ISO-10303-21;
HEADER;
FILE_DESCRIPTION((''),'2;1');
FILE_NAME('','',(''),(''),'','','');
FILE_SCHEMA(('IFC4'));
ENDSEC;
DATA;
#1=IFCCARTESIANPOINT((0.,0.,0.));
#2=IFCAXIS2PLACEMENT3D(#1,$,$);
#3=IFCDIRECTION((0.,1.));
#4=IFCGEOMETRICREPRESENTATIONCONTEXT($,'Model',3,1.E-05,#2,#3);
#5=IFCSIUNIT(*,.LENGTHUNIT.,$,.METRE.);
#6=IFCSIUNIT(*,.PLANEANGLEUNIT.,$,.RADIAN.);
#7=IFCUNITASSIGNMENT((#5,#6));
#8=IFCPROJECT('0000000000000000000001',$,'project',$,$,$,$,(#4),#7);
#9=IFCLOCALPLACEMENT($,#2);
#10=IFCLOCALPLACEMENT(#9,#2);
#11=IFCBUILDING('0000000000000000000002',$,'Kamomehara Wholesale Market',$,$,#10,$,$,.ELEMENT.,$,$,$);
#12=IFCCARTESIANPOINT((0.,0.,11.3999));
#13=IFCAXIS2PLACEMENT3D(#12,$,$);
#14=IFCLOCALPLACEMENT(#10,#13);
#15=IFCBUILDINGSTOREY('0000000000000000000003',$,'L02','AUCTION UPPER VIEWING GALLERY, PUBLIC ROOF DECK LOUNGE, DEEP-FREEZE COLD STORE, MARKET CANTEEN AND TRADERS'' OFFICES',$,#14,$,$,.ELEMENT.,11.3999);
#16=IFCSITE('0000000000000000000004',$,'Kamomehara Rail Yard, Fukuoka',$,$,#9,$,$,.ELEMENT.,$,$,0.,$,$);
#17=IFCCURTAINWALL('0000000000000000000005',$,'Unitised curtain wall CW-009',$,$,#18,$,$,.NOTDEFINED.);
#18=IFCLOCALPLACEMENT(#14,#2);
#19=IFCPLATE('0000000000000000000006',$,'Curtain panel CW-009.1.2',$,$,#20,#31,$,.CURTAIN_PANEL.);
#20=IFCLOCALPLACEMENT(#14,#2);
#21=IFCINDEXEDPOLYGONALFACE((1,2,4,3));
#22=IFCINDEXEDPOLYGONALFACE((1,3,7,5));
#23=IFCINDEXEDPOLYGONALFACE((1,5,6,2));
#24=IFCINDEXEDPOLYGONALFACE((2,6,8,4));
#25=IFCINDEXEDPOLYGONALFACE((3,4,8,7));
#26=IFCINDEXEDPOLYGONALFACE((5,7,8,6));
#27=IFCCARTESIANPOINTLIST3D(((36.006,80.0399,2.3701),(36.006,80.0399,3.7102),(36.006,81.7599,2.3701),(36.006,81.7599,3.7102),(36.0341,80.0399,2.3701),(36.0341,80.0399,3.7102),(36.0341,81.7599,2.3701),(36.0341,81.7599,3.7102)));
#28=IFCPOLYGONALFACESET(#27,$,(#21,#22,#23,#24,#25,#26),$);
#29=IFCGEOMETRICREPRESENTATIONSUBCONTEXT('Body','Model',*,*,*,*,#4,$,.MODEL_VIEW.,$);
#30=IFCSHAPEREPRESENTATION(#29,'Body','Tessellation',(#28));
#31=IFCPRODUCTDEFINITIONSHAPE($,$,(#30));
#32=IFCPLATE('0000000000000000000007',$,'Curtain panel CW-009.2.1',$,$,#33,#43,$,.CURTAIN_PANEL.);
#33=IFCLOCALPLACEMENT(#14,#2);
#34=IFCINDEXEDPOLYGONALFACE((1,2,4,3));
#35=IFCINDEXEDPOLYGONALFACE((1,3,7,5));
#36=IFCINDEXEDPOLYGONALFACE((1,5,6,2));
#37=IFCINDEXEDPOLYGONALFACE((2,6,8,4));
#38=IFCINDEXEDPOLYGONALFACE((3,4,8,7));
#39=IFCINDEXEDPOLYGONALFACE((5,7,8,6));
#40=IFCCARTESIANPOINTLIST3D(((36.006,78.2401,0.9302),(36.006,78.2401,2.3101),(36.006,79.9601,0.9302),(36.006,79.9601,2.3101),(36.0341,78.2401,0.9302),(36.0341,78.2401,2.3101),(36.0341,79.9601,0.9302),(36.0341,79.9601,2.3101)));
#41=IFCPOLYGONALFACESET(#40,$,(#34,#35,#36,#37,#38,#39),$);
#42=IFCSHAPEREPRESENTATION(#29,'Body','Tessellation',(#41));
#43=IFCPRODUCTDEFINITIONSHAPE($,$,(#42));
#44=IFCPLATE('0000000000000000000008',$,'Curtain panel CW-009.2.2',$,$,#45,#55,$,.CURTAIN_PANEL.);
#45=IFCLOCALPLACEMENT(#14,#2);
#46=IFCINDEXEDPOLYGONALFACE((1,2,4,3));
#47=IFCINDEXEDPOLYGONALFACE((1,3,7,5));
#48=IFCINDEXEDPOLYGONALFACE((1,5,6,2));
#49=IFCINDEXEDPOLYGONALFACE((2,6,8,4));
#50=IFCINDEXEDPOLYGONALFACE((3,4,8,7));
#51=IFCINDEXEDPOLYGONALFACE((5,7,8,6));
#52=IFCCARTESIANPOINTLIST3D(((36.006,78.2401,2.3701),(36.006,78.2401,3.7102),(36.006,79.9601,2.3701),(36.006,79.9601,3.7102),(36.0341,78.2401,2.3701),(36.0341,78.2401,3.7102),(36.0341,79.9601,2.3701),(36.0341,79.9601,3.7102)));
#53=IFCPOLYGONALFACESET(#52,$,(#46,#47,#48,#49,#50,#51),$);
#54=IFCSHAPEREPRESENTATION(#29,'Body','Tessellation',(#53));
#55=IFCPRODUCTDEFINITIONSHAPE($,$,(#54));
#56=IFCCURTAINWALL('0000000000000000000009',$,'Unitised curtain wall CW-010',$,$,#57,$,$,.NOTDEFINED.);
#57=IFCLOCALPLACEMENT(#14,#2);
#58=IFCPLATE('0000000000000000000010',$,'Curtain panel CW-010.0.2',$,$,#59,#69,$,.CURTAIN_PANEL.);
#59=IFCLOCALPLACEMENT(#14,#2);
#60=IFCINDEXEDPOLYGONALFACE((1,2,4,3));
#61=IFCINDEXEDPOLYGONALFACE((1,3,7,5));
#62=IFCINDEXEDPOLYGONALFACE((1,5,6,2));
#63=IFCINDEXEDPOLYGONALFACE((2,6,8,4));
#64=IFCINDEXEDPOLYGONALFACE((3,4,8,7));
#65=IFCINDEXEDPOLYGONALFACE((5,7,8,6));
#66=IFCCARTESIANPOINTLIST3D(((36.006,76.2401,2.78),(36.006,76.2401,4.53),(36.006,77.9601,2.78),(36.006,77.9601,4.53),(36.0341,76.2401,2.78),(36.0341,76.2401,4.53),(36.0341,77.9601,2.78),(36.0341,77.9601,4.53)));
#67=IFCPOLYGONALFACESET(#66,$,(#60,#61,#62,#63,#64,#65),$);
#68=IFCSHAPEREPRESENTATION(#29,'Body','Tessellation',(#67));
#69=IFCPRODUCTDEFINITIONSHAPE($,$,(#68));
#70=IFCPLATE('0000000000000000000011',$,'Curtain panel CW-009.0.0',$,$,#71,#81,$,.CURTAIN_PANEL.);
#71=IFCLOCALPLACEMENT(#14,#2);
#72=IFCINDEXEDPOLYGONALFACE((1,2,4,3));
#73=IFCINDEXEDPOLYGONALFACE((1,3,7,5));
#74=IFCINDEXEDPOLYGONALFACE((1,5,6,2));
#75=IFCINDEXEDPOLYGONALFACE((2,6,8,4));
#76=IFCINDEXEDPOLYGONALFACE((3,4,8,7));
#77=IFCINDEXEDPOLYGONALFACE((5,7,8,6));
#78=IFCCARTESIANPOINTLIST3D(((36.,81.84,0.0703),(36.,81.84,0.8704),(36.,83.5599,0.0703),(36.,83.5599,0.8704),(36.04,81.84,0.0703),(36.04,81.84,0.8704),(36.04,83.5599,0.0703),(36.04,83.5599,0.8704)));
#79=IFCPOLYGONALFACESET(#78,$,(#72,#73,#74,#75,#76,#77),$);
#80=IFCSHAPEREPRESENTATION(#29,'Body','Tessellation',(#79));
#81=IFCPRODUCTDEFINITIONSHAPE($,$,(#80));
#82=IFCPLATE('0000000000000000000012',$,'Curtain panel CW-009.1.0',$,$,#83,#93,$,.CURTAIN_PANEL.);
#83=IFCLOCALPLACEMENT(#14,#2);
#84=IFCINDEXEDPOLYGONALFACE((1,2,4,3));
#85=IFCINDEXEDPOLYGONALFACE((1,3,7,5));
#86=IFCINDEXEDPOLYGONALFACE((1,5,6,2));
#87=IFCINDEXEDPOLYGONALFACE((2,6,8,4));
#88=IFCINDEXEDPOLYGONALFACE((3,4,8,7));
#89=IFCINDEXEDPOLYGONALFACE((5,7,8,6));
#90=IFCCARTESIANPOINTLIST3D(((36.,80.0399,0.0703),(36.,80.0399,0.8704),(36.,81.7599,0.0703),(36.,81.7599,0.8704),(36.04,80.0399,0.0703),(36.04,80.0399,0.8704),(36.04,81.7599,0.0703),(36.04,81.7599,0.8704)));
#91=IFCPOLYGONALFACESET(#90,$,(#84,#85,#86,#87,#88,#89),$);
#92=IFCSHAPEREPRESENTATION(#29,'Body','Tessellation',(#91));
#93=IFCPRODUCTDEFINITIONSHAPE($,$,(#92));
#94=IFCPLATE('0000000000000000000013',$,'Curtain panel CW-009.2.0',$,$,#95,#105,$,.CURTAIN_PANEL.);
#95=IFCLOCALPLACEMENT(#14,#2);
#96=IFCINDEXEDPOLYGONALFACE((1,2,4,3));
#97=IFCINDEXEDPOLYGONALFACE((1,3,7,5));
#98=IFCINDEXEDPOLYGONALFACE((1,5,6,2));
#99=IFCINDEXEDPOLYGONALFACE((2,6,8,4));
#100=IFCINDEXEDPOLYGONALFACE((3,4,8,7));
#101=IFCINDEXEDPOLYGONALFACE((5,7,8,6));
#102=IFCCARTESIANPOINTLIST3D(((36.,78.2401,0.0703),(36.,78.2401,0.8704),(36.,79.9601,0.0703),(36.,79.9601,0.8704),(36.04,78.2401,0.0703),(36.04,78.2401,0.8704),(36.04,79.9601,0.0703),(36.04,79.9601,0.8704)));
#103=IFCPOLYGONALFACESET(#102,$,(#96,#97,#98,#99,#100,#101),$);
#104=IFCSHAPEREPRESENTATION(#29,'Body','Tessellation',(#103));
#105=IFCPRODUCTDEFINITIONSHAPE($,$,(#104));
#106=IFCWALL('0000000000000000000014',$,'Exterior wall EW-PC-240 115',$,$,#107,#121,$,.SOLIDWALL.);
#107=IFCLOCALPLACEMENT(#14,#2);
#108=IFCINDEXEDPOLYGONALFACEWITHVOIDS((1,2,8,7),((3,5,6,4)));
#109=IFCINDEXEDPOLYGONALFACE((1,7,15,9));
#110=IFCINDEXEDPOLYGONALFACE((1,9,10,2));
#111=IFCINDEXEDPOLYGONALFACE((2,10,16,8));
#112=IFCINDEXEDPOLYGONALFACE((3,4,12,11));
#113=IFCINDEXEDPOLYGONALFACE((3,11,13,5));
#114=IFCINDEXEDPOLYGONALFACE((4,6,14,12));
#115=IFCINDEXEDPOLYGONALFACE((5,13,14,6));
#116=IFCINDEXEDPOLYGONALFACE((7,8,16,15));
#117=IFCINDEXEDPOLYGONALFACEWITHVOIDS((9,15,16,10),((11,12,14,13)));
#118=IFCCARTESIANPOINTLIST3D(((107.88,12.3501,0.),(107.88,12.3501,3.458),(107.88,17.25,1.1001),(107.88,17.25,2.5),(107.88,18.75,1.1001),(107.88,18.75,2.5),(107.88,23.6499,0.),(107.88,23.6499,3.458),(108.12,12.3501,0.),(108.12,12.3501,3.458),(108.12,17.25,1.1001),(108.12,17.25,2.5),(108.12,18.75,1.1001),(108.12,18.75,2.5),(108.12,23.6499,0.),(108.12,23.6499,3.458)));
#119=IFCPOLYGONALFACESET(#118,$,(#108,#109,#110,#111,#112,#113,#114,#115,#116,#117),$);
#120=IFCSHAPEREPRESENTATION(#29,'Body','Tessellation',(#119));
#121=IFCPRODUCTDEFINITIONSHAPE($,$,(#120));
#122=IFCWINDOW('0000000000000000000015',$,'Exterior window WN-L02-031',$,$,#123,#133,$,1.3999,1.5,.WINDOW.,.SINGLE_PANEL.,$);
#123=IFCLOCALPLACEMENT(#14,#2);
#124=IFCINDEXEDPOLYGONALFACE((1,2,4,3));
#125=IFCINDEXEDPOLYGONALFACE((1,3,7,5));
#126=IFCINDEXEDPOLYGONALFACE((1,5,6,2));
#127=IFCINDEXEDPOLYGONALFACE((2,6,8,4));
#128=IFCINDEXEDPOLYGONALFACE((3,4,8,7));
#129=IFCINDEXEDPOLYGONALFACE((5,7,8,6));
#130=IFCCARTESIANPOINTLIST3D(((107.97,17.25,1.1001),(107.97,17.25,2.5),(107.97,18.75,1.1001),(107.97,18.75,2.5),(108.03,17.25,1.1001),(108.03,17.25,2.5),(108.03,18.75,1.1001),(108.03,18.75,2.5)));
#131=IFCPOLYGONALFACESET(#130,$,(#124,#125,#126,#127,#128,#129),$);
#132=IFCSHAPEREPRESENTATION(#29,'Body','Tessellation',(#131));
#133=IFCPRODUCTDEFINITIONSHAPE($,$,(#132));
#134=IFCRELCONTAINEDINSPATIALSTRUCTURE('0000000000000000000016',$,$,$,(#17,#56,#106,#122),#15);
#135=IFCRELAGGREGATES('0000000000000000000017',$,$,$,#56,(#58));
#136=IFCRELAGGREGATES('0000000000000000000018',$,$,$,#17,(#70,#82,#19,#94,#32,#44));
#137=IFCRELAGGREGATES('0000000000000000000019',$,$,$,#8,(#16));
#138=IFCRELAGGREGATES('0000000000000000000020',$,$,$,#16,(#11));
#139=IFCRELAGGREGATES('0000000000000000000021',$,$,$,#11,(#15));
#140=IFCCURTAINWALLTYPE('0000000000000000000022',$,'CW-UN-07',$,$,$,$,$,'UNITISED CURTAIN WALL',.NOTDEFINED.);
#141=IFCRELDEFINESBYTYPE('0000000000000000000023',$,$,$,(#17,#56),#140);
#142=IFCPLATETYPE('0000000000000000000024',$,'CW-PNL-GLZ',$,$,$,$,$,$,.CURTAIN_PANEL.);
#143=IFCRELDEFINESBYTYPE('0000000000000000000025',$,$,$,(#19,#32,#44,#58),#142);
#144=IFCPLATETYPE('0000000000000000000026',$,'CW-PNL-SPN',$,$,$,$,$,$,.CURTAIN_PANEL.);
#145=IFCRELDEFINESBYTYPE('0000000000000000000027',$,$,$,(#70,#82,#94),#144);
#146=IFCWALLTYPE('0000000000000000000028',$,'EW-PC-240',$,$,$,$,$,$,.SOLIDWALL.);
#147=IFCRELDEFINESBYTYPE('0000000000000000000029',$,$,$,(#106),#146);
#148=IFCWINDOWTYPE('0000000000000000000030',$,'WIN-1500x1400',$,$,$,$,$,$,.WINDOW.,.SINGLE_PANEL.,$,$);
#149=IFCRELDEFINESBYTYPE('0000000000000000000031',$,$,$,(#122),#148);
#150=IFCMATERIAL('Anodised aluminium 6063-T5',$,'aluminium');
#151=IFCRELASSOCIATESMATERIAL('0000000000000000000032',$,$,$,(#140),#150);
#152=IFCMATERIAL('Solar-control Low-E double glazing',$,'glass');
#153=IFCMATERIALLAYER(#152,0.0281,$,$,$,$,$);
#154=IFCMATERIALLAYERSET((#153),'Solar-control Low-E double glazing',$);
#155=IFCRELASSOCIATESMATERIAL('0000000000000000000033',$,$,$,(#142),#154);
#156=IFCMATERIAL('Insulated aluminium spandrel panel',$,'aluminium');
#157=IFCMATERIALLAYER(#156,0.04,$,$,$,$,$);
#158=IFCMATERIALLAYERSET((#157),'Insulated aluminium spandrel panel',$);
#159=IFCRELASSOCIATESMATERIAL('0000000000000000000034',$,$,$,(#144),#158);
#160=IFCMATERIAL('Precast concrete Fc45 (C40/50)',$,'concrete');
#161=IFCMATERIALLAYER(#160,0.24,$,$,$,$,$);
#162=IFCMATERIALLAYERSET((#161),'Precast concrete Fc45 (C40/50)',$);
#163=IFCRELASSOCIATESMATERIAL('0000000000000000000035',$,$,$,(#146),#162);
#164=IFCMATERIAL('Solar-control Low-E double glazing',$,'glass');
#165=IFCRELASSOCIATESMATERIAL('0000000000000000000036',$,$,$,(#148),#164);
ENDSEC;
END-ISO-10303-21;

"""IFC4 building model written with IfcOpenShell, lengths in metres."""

from ifc_helpers import new_model, si_unit, direction, frame, frame_2d, origin, origin_2d, place, context, subcontext, project, spatial, rectangle, extrude, material, layer, layer_set, type_object, element, fill, aggregate, save


model = new_model("IFC4")

# Units and contexts
model_context = context("Model", 3, precision=1e-05, world=origin(), true_north=direction((0.0, 1.0)))
body_context = subcontext(model_context, "Body", "Model", "MODEL_VIEW")
ifc_project = project(units=[si_unit("LENGTHUNIT", "METRE"), si_unit("PLANEANGLEUNIT", "RADIAN")], contexts=[model_context])

# Site, building, storey
site_placement = place(None, origin())
site = spatial("IfcSite", under=ifc_project, at=site_placement, Name="Kamomehara Rail Yard, Fukuoka", CompositionType="ELEMENT", RefElevation=0.0)
building_placement = place(site_placement, origin())
building = spatial("IfcBuilding", under=site, at=building_placement, Name="Kamomehara Wholesale Market", CompositionType="ELEMENT")
storey_placement = place(building_placement, frame((0.0, 0.0, 11.3999)))
storey = spatial("IfcBuildingStorey", under=building, at=storey_placement, Name="L02", Description="AUCTION UPPER VIEWING GALLERY, PUBLIC ROOF DECK LOUNGE, DEEP-FREEZE COLD STORE, MARKET CANTEEN AND TRADERS' OFFICES", CompositionType="ELEMENT", Elevation=11.3999)

# Curtain wall, plates
ifc_material_1 = material(Name="Anodised aluminium 6063-T5", Category="aluminium")
curtain_wall_type = type_object("IfcCurtainWallType", Name="CW-UN-07", ElementType="UNITISED CURTAIN WALL", PredefinedType="NOTDEFINED", material=ifc_material_1)
curtain_wall_1_placement = place(storey_placement, origin())
curtain_wall_1 = element("IfcCurtainWall", 1, at=curtain_wall_1_placement, inside=storey, type_object=curtain_wall_type, Name="Unitised curtain wall CW-009", PredefinedType="NOTDEFINED")
ifc_material_2 = material(Name="Solar-control Low-E double glazing", Category="glass")
ifc_layer_1 = layer(ifc_material_2, 0.0281)
ifc_layer_set_1 = layer_set([ifc_layer_1], Name="Solar-control Low-E double glazing")
plate_type_1 = type_object("IfcPlateType", Name="CW-PNL-GLZ", PredefinedType="CURTAIN_PANEL", material=ifc_layer_set_1)
plate_1_placement = place(storey_placement, frame((36.02, 80.8999, 2.3701), z_axis=(0.0, 0.0, 1.0), x_axis=(0.0, -1.0, 0.0)))
plate_1 = element("IfcPlate", 2, at=plate_1_placement, type_object=plate_type_1, Name="Curtain panel CW-009.1.2", PredefinedType="CURTAIN_PANEL", context=body_context, shape_type="SweptSolid", body=[
    extrude(rectangle(XDim=1.72, YDim=0.0281, at=origin_2d()), origin(), (0.0, 0.0, 1.0), 1.3401),
])
plate_2_placement = place(storey_placement, frame((36.02, 79.1001, 0.9302), z_axis=(0.0, 0.0, 1.0), x_axis=(0.0, -1.0, 0.0)))
plate_2 = element("IfcPlate", 3, at=plate_2_placement, type_object=plate_type_1, Name="Curtain panel CW-009.2.1", PredefinedType="CURTAIN_PANEL", context=body_context, shape_type="SweptSolid", body=[
    extrude(rectangle(XDim=1.72, YDim=0.0281, at=origin_2d()), origin(), (0.0, 0.0, 1.0), 1.3799),
])
plate_3_placement = place(storey_placement, frame((36.02, 79.1001, 2.3701), z_axis=(0.0, 0.0, 1.0), x_axis=(0.0, -1.0, 0.0)))
plate_3 = element("IfcPlate", 4, at=plate_3_placement, type_object=plate_type_1, Name="Curtain panel CW-009.2.2", PredefinedType="CURTAIN_PANEL", context=body_context, shape_type="SweptSolid", body=[
    extrude(rectangle(XDim=1.72, YDim=0.0281, at=origin_2d()), origin(), (0.0, 0.0, 1.0), 1.3401),
])

# Curtain wall, plate
curtain_wall_2_placement = place(storey_placement, origin())
curtain_wall_2 = element("IfcCurtainWall", 5, at=curtain_wall_2_placement, inside=storey, type_object=curtain_wall_type, Name="Unitised curtain wall CW-010", PredefinedType="NOTDEFINED")
plate_4_placement = place(storey_placement, frame((36.02, 77.1001, 2.78), z_axis=(0.0, 0.0, 1.0), x_axis=(0.0, -1.0, 0.0)))
plate_4 = element("IfcPlate", 6, at=plate_4_placement, type_object=plate_type_1, Name="Curtain panel CW-010.0.2", PredefinedType="CURTAIN_PANEL", context=body_context, shape_type="SweptSolid", body=[
    extrude(rectangle(XDim=1.72, YDim=0.0281, at=origin_2d()), origin(), (0.0, 0.0, 1.0), 1.75),
])
aggregate(curtain_wall_2, [plate_4])

# Plates
ifc_material_3 = material(Name="Insulated aluminium spandrel panel", Category="aluminium")
ifc_layer_2 = layer(ifc_material_3, 0.04)
ifc_layer_set_2 = layer_set([ifc_layer_2], Name="Insulated aluminium spandrel panel")
plate_type_2 = type_object("IfcPlateType", Name="CW-PNL-SPN", PredefinedType="CURTAIN_PANEL", material=ifc_layer_set_2)
plate_5_placement = place(storey_placement, frame((36.02, 82.7, 0.0703), z_axis=(0.0, 0.0, 1.0), x_axis=(0.0, -1.0, 0.0)))
plate_5 = element("IfcPlate", 7, at=plate_5_placement, type_object=plate_type_2, Name="Curtain panel CW-009.0.0", PredefinedType="CURTAIN_PANEL", context=body_context, shape_type="SweptSolid", body=[
    extrude(rectangle(XDim=1.72, YDim=0.04, at=origin_2d()), origin(), (0.0, 0.0, 1.0), 0.8),
])
plate_6_placement = place(storey_placement, frame((36.02, 80.8999, 0.0703), z_axis=(0.0, 0.0, 1.0), x_axis=(0.0, -1.0, 0.0)))
plate_6 = element("IfcPlate", 8, at=plate_6_placement, type_object=plate_type_2, Name="Curtain panel CW-009.1.0", PredefinedType="CURTAIN_PANEL", context=body_context, shape_type="SweptSolid", body=[
    extrude(rectangle(XDim=1.72, YDim=0.04, at=origin_2d()), origin(), (0.0, 0.0, 1.0), 0.8),
])
plate_7_placement = place(storey_placement, frame((36.02, 79.1001, 0.0703), z_axis=(0.0, 0.0, 1.0), x_axis=(0.0, -1.0, 0.0)))
plate_7 = element("IfcPlate", 9, at=plate_7_placement, type_object=plate_type_2, Name="Curtain panel CW-009.2.0", PredefinedType="CURTAIN_PANEL", context=body_context, shape_type="SweptSolid", body=[
    extrude(rectangle(XDim=1.72, YDim=0.04, at=origin_2d()), origin(), (0.0, 0.0, 1.0), 0.8),
])
aggregate(curtain_wall_1, [plate_5, plate_6, plate_1, plate_7, plate_2, plate_3])

# Wall, opening, window
ifc_material_4 = material(Name="Precast concrete Fc45 (C40/50)", Category="concrete")
ifc_layer_3 = layer(ifc_material_4, 0.24)
ifc_layer_set_3 = layer_set([ifc_layer_3], Name="Precast concrete Fc45 (C40/50)")
wall_type = type_object("IfcWallType", Name="EW-PC-240", PredefinedType="SOLIDWALL", material=ifc_layer_set_3)
wall_placement = place(storey_placement, frame((108.0, 12.3501, 0.0), z_axis=(0.0, 0.0, 1.0), x_axis=(0.0, 1.0, 0.0)))
wall = element("IfcWall", 10, at=wall_placement, inside=storey, type_object=wall_type, Name="Exterior wall EW-PC-240 115", PredefinedType="SOLIDWALL", context=body_context, shape_type="SweptSolid", body=[
    extrude(rectangle(XDim=11.2998, YDim=0.24, at=frame_2d((5.6499, 0.0))), origin(), (0.0, 0.0, 1.0), 3.458),
])
opening_placement = place(wall_placement, frame((4.8999, 0.0, 1.1001)))
opening = element("IfcOpeningElement", 11, at=opening_placement, cuts=wall, PredefinedType="OPENING", context=body_context, shape_type="SweptSolid", body=[
    extrude(rectangle(XDim=1.5, YDim=1.3999, at=frame_2d((0.75, 0.7))), frame((0.0, 0.1348, 0.0), z_axis=(0.0, -1.0, 0.0), x_axis=(1.0, 0.0, 0.0)), (0.0, 0.0, 1.0), 0.2698),
])
ifc_material_5 = material(Name="Solar-control Low-E double glazing", Category="glass")
window_type = type_object("IfcWindowType", Name="WIN-1500x1400", PartitioningType="SINGLE_PANEL", PredefinedType="WINDOW", material=ifc_material_5)
window_placement = place(opening_placement, origin())
window = element("IfcWindow", 12, at=window_placement, inside=storey, type_object=window_type, Name="Exterior window WN-L02-031", OverallHeight=1.3999, OverallWidth=1.5, PartitioningType="SINGLE_PANEL", PredefinedType="WINDOW", context=body_context, shape_type="SweptSolid", body=[
    extrude(rectangle(XDim=1.5, YDim=1.3999, at=frame_2d((0.75, 0.7))), frame((0.0, 0.03, 0.0), z_axis=(0.0, -1.0, 0.0), x_axis=(1.0, 0.0, 0.0)), (0.0, 0.0, 1.0), 0.0601),
])
fill(opening, window)

save(model, "model.ifc")
